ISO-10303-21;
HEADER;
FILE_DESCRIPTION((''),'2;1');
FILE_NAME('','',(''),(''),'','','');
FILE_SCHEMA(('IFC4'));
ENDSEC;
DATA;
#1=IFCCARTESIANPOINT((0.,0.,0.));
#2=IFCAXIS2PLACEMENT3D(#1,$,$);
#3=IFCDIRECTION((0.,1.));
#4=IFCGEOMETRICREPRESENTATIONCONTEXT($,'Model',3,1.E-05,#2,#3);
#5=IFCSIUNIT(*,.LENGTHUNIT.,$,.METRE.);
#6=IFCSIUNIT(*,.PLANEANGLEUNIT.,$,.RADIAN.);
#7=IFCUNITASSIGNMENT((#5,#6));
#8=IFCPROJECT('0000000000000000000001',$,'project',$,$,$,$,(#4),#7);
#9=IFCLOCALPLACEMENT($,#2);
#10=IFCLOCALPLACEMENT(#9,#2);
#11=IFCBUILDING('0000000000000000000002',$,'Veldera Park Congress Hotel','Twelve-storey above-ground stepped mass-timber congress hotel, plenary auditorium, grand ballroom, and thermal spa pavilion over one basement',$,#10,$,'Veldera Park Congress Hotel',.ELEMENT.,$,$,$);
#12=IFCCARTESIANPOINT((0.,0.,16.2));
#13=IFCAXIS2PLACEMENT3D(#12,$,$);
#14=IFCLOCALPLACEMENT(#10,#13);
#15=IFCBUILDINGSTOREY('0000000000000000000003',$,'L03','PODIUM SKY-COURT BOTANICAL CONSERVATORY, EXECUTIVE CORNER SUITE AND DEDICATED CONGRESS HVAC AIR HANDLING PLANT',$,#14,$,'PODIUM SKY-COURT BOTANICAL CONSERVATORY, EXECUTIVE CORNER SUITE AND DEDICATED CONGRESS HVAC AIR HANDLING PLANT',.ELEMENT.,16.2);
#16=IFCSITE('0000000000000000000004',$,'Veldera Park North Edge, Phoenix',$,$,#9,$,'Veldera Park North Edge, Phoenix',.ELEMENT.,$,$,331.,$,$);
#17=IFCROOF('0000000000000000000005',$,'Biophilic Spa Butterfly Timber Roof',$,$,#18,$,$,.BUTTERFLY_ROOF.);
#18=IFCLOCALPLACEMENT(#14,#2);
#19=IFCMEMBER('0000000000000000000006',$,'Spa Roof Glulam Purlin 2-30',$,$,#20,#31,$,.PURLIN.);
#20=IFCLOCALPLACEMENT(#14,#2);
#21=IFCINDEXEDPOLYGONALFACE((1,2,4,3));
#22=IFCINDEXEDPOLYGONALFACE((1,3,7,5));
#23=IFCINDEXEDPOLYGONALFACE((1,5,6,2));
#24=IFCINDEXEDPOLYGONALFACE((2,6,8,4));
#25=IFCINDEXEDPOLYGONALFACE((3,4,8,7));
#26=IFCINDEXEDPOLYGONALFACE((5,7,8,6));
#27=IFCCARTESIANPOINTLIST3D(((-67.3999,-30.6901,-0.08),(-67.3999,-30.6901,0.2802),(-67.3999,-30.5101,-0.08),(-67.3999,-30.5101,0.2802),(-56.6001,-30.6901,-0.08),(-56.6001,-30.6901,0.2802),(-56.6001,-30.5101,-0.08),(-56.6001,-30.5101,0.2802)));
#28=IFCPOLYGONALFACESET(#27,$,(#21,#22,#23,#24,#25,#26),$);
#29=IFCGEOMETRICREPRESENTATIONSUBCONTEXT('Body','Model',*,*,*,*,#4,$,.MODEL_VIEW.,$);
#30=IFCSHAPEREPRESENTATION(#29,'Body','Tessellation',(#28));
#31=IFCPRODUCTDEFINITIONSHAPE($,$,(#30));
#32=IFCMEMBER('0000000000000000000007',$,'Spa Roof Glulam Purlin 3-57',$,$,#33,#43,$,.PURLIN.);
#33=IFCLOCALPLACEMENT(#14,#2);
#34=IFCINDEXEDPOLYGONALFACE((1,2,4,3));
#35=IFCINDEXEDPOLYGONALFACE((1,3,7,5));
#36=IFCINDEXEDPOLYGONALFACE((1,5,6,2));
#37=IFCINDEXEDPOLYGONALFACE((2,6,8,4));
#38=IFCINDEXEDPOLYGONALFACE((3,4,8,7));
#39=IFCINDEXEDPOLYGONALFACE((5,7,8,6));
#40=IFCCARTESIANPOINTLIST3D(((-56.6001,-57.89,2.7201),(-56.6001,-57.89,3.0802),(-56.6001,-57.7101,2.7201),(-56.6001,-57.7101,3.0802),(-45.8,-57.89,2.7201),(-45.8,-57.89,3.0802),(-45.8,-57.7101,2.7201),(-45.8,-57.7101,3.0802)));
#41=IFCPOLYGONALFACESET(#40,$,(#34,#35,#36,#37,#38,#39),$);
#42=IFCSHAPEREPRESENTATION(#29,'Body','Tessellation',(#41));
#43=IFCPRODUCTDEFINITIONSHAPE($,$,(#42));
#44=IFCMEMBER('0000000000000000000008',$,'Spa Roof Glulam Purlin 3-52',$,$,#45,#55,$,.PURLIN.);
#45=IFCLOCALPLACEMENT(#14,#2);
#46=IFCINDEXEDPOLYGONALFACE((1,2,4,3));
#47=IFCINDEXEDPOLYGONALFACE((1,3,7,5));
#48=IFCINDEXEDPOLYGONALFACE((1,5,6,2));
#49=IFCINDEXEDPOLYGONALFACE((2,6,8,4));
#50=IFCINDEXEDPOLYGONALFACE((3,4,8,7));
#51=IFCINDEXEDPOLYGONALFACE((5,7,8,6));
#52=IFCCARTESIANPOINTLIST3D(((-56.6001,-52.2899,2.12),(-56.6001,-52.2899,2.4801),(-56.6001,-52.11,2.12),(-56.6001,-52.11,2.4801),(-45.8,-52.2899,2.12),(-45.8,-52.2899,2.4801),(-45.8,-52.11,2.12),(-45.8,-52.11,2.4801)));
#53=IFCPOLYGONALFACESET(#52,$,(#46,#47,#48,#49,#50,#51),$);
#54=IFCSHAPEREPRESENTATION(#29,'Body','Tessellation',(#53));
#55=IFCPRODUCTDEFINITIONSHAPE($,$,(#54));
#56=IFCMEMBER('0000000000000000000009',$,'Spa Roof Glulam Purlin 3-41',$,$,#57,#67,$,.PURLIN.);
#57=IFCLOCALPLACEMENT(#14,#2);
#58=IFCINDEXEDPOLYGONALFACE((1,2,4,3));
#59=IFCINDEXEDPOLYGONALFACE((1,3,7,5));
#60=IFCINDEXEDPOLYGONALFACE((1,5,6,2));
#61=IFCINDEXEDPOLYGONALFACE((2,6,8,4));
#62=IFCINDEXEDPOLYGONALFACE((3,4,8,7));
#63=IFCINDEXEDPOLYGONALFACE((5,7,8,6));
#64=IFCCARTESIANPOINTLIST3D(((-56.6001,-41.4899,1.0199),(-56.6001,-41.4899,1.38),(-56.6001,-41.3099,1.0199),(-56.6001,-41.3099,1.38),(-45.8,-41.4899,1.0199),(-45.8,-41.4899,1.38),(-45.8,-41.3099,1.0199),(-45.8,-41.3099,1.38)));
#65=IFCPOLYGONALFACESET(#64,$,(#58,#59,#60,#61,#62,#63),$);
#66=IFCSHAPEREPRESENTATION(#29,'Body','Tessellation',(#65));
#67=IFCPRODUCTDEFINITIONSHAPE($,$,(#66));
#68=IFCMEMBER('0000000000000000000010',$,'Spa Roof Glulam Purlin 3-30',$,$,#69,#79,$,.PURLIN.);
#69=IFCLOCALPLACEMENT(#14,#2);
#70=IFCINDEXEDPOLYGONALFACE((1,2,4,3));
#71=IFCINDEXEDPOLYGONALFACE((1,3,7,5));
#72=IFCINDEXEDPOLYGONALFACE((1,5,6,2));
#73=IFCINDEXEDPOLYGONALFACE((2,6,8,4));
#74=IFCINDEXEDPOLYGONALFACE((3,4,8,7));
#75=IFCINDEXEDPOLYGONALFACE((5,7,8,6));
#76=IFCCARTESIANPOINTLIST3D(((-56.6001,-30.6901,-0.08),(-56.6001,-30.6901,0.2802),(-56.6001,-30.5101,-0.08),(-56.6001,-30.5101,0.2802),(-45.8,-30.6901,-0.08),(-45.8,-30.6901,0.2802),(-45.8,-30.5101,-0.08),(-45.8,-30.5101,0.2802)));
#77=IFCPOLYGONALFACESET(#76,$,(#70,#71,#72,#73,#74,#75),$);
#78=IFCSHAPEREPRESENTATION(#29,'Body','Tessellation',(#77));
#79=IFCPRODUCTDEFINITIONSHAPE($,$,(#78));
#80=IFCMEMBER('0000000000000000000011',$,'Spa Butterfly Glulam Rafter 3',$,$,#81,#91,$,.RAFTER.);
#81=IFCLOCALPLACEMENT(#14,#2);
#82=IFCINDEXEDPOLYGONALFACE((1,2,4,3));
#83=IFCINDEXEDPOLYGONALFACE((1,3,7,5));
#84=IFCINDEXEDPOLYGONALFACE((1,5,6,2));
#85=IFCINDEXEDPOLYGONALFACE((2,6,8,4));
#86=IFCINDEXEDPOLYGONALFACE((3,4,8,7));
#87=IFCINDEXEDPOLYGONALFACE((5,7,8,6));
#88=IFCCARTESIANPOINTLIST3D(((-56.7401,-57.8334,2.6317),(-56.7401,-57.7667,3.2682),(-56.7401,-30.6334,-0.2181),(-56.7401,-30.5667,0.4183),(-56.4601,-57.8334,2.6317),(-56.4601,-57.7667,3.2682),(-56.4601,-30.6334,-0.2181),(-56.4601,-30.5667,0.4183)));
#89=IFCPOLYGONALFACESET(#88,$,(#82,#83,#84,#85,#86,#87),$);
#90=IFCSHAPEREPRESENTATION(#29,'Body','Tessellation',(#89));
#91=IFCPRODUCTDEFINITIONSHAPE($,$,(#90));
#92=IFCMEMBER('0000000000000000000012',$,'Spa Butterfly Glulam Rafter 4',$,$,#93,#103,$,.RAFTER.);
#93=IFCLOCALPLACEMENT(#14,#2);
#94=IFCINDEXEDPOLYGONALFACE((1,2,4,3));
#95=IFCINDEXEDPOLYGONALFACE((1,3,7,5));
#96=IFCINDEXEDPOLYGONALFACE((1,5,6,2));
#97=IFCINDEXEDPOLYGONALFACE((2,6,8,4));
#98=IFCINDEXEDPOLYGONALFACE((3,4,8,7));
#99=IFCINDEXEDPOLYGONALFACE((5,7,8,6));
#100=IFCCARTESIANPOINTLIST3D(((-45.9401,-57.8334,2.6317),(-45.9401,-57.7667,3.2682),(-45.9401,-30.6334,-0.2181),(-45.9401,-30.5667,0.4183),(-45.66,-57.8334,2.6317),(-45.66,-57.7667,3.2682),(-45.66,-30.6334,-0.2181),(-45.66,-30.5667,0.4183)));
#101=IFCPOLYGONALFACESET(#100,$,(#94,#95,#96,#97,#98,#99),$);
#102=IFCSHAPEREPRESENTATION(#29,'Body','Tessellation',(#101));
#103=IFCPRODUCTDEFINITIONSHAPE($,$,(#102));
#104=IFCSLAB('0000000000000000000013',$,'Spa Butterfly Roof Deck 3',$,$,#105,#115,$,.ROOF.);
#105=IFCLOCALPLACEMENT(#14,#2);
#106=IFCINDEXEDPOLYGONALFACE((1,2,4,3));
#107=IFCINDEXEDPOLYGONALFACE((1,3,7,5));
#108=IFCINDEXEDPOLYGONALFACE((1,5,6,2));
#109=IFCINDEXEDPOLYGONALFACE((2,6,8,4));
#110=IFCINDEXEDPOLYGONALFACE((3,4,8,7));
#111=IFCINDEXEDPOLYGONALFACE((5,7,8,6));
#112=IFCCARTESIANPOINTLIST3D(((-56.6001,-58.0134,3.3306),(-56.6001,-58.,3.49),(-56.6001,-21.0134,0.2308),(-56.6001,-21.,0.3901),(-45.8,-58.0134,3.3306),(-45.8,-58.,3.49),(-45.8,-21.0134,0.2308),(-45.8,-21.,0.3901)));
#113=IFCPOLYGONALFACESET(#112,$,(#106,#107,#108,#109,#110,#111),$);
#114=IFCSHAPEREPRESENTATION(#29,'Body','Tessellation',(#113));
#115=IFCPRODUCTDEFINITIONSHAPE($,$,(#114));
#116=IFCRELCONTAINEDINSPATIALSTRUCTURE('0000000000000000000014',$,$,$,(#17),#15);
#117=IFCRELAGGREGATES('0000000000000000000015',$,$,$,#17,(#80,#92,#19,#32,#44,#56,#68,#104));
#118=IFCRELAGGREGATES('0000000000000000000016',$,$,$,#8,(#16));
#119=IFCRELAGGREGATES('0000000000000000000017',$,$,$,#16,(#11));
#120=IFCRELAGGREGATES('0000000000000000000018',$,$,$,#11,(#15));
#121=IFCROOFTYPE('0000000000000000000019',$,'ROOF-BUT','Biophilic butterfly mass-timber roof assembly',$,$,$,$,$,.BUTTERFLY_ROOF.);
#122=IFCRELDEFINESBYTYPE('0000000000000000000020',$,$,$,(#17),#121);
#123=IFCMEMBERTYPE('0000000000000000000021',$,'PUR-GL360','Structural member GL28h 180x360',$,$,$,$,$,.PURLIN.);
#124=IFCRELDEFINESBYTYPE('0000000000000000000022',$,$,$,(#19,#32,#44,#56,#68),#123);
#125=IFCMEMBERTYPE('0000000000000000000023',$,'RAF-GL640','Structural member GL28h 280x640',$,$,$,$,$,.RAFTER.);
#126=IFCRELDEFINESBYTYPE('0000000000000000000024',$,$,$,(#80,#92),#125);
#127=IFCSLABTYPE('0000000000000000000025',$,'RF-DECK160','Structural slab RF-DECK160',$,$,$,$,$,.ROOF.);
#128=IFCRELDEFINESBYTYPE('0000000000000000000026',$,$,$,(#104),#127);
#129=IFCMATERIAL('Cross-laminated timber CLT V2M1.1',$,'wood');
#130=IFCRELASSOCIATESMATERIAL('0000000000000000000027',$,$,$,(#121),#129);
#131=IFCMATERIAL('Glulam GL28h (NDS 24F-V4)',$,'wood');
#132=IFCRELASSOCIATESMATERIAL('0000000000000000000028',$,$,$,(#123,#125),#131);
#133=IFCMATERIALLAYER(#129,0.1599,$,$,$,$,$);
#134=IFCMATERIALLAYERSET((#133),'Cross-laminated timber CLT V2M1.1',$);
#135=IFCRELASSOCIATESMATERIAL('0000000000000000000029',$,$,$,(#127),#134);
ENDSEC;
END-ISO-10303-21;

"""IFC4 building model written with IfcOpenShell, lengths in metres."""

from ifc_helpers import new_model, si_unit, direction, frame, origin, origin_2d, place, context, subcontext, project, spatial, polyline, rectangle, outline, extrude, material, layer, layer_set, material_profile, profile_set, type_object, element, aggregate, save


model = new_model("IFC4")

# Units and contexts
model_context = context("Model", 3, precision=1e-05, world=origin(), true_north=direction((0.0, 1.0)))
body_context = subcontext(model_context, "Body", "Model", "MODEL_VIEW")
ifc_project = project(units=[si_unit("LENGTHUNIT", "METRE"), si_unit("PLANEANGLEUNIT", "RADIAN")], contexts=[model_context])

# Site, building, storey
site_placement = place(None, origin())
site = spatial("IfcSite", under=ifc_project, at=site_placement, Name="Veldera Park North Edge, Phoenix", LongName="Veldera Park North Edge, Phoenix", CompositionType="ELEMENT", RefElevation=331.0)
building_placement = place(site_placement, origin())
building = spatial("IfcBuilding", under=site, at=building_placement, Name="Veldera Park Congress Hotel", Description="Twelve-storey above-ground stepped mass-timber congress hotel, plenary auditorium, grand ballroom, and thermal spa pavilion over one basement", LongName="Veldera Park Congress Hotel", CompositionType="ELEMENT")
storey_placement = place(building_placement, frame((0.0, 0.0, 16.2)))
storey = spatial("IfcBuildingStorey", under=building, at=storey_placement, Name="L03", Description="PODIUM SKY-COURT BOTANICAL CONSERVATORY, EXECUTIVE CORNER SUITE AND DEDICATED CONGRESS HVAC AIR HANDLING PLANT", LongName="PODIUM SKY-COURT BOTANICAL CONSERVATORY, EXECUTIVE CORNER SUITE AND DEDICATED CONGRESS HVAC AIR HANDLING PLANT", CompositionType="ELEMENT", Elevation=16.2)

# Shared definitions
ifc_material_1 = material(Name="Glulam GL28h (NDS 24F-V4)", Category="wood")

# Roof, members, slab
ifc_material_2 = material(Name="Cross-laminated timber CLT V2M1.1", Category="wood")
roof_type = type_object("IfcRoofType", Name="ROOF-BUT", Description="Biophilic butterfly mass-timber roof assembly", PredefinedType="BUTTERFLY_ROOF", material=ifc_material_2)
roof_placement = place(storey_placement, origin())
roof = element("IfcRoof", 1, at=roof_placement, inside=storey, type_object=roof_type, Name="Biophilic Spa Butterfly Timber Roof", PredefinedType="BUTTERFLY_ROOF")
ifc_material_profile_1 = material_profile(ifc_material_1, rectangle(XDim=0.1799, YDim=0.3601, at=origin_2d()), Name="GL28h 180x360")
ifc_profile_set_1 = profile_set([ifc_material_profile_1], Name="Glulam GL28h (NDS 24F-V4)")
member_type_1 = type_object("IfcMemberType", Name="PUR-GL360", Description="Structural member GL28h 180x360", PredefinedType="PURLIN", material=ifc_profile_set_1)
member_1_placement = place(storey_placement, frame((-67.3999, -30.6001, 0.1001), z_axis=(1.0, 0.0, 0.0), x_axis=(0.0, 1.0, 0.0)))
member_1 = element("IfcMember", 2, at=member_1_placement, type_object=member_type_1, Name="Spa Roof Glulam Purlin 2-30", PredefinedType="PURLIN", context=body_context, shape_type="SweptSolid", body=[
    extrude(rectangle(XDim=0.1799, YDim=0.3601, at=origin_2d()), origin(), (0.0, 0.0, 1.0), 10.7998),
])
member_2_placement = place(storey_placement, frame((-56.6001, -57.8, 2.9001), z_axis=(1.0, 0.0, 0.0), x_axis=(0.0, 1.0, 0.0)))
member_2 = element("IfcMember", 3, at=member_2_placement, type_object=member_type_1, Name="Spa Roof Glulam Purlin 3-57", PredefinedType="PURLIN", context=body_context, shape_type="SweptSolid", body=[
    extrude(rectangle(XDim=0.1799, YDim=0.3601, at=origin_2d()), origin(), (0.0, 0.0, 1.0), 10.8),
])
member_3_placement = place(storey_placement, frame((-56.6001, -52.2, 2.3), z_axis=(1.0, 0.0, 0.0), x_axis=(0.0, 1.0, 0.0)))
member_3 = element("IfcMember", 4, at=member_3_placement, type_object=member_type_1, Name="Spa Roof Glulam Purlin 3-52", PredefinedType="PURLIN", context=body_context, shape_type="SweptSolid", body=[
    extrude(rectangle(XDim=0.1799, YDim=0.3601, at=origin_2d()), origin(), (0.0, 0.0, 1.0), 10.8),
])
member_4_placement = place(storey_placement, frame((-56.6001, -41.3999, 1.2), z_axis=(1.0, 0.0, 0.0), x_axis=(0.0, 1.0, 0.0)))
member_4 = element("IfcMember", 5, at=member_4_placement, type_object=member_type_1, Name="Spa Roof Glulam Purlin 3-41", PredefinedType="PURLIN", context=body_context, shape_type="SweptSolid", body=[
    extrude(rectangle(XDim=0.1799, YDim=0.3601, at=origin_2d()), origin(), (0.0, 0.0, 1.0), 10.8),
])
member_5_placement = place(storey_placement, frame((-56.6001, -30.6001, 0.1001), z_axis=(1.0, 0.0, 0.0), x_axis=(0.0, 1.0, 0.0)))
member_5 = element("IfcMember", 6, at=member_5_placement, type_object=member_type_1, Name="Spa Roof Glulam Purlin 3-30", PredefinedType="PURLIN", context=body_context, shape_type="SweptSolid", body=[
    extrude(rectangle(XDim=0.1799, YDim=0.3601, at=origin_2d()), origin(), (0.0, 0.0, 1.0), 10.8),
])
ifc_material_profile_2 = material_profile(ifc_material_1, rectangle(XDim=0.28, YDim=0.6399, at=origin_2d()), Name="GL28h 280x640")
ifc_profile_set_2 = profile_set([ifc_material_profile_2], Name="Glulam GL28h (NDS 24F-V4)")
member_type_2 = type_object("IfcMemberType", Name="RAF-GL640", Description="Structural member GL28h 280x640", PredefinedType="RAFTER", material=ifc_profile_set_2)
member_6_placement = place(storey_placement, frame((-56.6001, -57.8, 2.95), z_axis=(0.0, 0.994556, -0.104204), x_axis=(-1.0, 0.0, 0.0)))
member_6 = element("IfcMember", 7, at=member_6_placement, type_object=member_type_2, Name="Spa Butterfly Glulam Rafter 3", PredefinedType="RAFTER", context=body_context, shape_type="SweptSolid", body=[
    extrude(rectangle(XDim=0.28, YDim=0.6399, at=origin_2d()), origin(), (0.0, 0.0, 1.0), 27.3489),
])
member_7_placement = place(storey_placement, frame((-45.8, -57.8, 2.95), z_axis=(0.0, 0.994556, -0.104204), x_axis=(-1.0, 0.0, 0.0)))
member_7 = element("IfcMember", 8, at=member_7_placement, type_object=member_type_2, Name="Spa Butterfly Glulam Rafter 4", PredefinedType="RAFTER", context=body_context, shape_type="SweptSolid", body=[
    extrude(rectangle(XDim=0.28, YDim=0.6399, at=origin_2d()), origin(), (0.0, 0.0, 1.0), 27.3489),
])
ifc_layer = layer(ifc_material_2, 0.1599)
ifc_layer_set = layer_set([ifc_layer], Name="Cross-laminated timber CLT V2M1.1")
slab_type = type_object("IfcSlabType", Name="RF-DECK160", Description="Structural slab RF-DECK160", PredefinedType="ROOF", material=ifc_layer_set)
slab_placement = place(storey_placement, frame((-56.6001, -58.0, 3.49), z_axis=(0.0, 0.083487, 0.996509), x_axis=(1.0, 0.0, 0.0)))
slab = element("IfcSlab", 9, at=slab_placement, type_object=slab_type, Name="Spa Butterfly Roof Deck 3", PredefinedType="ROOF", context=body_context, shape_type="SweptSolid", body=[
    extrude(outline(polyline([(0.0, 0.0), (10.8, 0.0), (10.8, 37.1296), (0.0, 37.1296), (0.0, 0.0)])), origin(), (0.0, 0.0, -1.0), 0.1599),
])
aggregate(roof, [member_6, member_7, member_1, member_2, member_3, member_4, member_5, slab])

save(model, "model.ifc")
